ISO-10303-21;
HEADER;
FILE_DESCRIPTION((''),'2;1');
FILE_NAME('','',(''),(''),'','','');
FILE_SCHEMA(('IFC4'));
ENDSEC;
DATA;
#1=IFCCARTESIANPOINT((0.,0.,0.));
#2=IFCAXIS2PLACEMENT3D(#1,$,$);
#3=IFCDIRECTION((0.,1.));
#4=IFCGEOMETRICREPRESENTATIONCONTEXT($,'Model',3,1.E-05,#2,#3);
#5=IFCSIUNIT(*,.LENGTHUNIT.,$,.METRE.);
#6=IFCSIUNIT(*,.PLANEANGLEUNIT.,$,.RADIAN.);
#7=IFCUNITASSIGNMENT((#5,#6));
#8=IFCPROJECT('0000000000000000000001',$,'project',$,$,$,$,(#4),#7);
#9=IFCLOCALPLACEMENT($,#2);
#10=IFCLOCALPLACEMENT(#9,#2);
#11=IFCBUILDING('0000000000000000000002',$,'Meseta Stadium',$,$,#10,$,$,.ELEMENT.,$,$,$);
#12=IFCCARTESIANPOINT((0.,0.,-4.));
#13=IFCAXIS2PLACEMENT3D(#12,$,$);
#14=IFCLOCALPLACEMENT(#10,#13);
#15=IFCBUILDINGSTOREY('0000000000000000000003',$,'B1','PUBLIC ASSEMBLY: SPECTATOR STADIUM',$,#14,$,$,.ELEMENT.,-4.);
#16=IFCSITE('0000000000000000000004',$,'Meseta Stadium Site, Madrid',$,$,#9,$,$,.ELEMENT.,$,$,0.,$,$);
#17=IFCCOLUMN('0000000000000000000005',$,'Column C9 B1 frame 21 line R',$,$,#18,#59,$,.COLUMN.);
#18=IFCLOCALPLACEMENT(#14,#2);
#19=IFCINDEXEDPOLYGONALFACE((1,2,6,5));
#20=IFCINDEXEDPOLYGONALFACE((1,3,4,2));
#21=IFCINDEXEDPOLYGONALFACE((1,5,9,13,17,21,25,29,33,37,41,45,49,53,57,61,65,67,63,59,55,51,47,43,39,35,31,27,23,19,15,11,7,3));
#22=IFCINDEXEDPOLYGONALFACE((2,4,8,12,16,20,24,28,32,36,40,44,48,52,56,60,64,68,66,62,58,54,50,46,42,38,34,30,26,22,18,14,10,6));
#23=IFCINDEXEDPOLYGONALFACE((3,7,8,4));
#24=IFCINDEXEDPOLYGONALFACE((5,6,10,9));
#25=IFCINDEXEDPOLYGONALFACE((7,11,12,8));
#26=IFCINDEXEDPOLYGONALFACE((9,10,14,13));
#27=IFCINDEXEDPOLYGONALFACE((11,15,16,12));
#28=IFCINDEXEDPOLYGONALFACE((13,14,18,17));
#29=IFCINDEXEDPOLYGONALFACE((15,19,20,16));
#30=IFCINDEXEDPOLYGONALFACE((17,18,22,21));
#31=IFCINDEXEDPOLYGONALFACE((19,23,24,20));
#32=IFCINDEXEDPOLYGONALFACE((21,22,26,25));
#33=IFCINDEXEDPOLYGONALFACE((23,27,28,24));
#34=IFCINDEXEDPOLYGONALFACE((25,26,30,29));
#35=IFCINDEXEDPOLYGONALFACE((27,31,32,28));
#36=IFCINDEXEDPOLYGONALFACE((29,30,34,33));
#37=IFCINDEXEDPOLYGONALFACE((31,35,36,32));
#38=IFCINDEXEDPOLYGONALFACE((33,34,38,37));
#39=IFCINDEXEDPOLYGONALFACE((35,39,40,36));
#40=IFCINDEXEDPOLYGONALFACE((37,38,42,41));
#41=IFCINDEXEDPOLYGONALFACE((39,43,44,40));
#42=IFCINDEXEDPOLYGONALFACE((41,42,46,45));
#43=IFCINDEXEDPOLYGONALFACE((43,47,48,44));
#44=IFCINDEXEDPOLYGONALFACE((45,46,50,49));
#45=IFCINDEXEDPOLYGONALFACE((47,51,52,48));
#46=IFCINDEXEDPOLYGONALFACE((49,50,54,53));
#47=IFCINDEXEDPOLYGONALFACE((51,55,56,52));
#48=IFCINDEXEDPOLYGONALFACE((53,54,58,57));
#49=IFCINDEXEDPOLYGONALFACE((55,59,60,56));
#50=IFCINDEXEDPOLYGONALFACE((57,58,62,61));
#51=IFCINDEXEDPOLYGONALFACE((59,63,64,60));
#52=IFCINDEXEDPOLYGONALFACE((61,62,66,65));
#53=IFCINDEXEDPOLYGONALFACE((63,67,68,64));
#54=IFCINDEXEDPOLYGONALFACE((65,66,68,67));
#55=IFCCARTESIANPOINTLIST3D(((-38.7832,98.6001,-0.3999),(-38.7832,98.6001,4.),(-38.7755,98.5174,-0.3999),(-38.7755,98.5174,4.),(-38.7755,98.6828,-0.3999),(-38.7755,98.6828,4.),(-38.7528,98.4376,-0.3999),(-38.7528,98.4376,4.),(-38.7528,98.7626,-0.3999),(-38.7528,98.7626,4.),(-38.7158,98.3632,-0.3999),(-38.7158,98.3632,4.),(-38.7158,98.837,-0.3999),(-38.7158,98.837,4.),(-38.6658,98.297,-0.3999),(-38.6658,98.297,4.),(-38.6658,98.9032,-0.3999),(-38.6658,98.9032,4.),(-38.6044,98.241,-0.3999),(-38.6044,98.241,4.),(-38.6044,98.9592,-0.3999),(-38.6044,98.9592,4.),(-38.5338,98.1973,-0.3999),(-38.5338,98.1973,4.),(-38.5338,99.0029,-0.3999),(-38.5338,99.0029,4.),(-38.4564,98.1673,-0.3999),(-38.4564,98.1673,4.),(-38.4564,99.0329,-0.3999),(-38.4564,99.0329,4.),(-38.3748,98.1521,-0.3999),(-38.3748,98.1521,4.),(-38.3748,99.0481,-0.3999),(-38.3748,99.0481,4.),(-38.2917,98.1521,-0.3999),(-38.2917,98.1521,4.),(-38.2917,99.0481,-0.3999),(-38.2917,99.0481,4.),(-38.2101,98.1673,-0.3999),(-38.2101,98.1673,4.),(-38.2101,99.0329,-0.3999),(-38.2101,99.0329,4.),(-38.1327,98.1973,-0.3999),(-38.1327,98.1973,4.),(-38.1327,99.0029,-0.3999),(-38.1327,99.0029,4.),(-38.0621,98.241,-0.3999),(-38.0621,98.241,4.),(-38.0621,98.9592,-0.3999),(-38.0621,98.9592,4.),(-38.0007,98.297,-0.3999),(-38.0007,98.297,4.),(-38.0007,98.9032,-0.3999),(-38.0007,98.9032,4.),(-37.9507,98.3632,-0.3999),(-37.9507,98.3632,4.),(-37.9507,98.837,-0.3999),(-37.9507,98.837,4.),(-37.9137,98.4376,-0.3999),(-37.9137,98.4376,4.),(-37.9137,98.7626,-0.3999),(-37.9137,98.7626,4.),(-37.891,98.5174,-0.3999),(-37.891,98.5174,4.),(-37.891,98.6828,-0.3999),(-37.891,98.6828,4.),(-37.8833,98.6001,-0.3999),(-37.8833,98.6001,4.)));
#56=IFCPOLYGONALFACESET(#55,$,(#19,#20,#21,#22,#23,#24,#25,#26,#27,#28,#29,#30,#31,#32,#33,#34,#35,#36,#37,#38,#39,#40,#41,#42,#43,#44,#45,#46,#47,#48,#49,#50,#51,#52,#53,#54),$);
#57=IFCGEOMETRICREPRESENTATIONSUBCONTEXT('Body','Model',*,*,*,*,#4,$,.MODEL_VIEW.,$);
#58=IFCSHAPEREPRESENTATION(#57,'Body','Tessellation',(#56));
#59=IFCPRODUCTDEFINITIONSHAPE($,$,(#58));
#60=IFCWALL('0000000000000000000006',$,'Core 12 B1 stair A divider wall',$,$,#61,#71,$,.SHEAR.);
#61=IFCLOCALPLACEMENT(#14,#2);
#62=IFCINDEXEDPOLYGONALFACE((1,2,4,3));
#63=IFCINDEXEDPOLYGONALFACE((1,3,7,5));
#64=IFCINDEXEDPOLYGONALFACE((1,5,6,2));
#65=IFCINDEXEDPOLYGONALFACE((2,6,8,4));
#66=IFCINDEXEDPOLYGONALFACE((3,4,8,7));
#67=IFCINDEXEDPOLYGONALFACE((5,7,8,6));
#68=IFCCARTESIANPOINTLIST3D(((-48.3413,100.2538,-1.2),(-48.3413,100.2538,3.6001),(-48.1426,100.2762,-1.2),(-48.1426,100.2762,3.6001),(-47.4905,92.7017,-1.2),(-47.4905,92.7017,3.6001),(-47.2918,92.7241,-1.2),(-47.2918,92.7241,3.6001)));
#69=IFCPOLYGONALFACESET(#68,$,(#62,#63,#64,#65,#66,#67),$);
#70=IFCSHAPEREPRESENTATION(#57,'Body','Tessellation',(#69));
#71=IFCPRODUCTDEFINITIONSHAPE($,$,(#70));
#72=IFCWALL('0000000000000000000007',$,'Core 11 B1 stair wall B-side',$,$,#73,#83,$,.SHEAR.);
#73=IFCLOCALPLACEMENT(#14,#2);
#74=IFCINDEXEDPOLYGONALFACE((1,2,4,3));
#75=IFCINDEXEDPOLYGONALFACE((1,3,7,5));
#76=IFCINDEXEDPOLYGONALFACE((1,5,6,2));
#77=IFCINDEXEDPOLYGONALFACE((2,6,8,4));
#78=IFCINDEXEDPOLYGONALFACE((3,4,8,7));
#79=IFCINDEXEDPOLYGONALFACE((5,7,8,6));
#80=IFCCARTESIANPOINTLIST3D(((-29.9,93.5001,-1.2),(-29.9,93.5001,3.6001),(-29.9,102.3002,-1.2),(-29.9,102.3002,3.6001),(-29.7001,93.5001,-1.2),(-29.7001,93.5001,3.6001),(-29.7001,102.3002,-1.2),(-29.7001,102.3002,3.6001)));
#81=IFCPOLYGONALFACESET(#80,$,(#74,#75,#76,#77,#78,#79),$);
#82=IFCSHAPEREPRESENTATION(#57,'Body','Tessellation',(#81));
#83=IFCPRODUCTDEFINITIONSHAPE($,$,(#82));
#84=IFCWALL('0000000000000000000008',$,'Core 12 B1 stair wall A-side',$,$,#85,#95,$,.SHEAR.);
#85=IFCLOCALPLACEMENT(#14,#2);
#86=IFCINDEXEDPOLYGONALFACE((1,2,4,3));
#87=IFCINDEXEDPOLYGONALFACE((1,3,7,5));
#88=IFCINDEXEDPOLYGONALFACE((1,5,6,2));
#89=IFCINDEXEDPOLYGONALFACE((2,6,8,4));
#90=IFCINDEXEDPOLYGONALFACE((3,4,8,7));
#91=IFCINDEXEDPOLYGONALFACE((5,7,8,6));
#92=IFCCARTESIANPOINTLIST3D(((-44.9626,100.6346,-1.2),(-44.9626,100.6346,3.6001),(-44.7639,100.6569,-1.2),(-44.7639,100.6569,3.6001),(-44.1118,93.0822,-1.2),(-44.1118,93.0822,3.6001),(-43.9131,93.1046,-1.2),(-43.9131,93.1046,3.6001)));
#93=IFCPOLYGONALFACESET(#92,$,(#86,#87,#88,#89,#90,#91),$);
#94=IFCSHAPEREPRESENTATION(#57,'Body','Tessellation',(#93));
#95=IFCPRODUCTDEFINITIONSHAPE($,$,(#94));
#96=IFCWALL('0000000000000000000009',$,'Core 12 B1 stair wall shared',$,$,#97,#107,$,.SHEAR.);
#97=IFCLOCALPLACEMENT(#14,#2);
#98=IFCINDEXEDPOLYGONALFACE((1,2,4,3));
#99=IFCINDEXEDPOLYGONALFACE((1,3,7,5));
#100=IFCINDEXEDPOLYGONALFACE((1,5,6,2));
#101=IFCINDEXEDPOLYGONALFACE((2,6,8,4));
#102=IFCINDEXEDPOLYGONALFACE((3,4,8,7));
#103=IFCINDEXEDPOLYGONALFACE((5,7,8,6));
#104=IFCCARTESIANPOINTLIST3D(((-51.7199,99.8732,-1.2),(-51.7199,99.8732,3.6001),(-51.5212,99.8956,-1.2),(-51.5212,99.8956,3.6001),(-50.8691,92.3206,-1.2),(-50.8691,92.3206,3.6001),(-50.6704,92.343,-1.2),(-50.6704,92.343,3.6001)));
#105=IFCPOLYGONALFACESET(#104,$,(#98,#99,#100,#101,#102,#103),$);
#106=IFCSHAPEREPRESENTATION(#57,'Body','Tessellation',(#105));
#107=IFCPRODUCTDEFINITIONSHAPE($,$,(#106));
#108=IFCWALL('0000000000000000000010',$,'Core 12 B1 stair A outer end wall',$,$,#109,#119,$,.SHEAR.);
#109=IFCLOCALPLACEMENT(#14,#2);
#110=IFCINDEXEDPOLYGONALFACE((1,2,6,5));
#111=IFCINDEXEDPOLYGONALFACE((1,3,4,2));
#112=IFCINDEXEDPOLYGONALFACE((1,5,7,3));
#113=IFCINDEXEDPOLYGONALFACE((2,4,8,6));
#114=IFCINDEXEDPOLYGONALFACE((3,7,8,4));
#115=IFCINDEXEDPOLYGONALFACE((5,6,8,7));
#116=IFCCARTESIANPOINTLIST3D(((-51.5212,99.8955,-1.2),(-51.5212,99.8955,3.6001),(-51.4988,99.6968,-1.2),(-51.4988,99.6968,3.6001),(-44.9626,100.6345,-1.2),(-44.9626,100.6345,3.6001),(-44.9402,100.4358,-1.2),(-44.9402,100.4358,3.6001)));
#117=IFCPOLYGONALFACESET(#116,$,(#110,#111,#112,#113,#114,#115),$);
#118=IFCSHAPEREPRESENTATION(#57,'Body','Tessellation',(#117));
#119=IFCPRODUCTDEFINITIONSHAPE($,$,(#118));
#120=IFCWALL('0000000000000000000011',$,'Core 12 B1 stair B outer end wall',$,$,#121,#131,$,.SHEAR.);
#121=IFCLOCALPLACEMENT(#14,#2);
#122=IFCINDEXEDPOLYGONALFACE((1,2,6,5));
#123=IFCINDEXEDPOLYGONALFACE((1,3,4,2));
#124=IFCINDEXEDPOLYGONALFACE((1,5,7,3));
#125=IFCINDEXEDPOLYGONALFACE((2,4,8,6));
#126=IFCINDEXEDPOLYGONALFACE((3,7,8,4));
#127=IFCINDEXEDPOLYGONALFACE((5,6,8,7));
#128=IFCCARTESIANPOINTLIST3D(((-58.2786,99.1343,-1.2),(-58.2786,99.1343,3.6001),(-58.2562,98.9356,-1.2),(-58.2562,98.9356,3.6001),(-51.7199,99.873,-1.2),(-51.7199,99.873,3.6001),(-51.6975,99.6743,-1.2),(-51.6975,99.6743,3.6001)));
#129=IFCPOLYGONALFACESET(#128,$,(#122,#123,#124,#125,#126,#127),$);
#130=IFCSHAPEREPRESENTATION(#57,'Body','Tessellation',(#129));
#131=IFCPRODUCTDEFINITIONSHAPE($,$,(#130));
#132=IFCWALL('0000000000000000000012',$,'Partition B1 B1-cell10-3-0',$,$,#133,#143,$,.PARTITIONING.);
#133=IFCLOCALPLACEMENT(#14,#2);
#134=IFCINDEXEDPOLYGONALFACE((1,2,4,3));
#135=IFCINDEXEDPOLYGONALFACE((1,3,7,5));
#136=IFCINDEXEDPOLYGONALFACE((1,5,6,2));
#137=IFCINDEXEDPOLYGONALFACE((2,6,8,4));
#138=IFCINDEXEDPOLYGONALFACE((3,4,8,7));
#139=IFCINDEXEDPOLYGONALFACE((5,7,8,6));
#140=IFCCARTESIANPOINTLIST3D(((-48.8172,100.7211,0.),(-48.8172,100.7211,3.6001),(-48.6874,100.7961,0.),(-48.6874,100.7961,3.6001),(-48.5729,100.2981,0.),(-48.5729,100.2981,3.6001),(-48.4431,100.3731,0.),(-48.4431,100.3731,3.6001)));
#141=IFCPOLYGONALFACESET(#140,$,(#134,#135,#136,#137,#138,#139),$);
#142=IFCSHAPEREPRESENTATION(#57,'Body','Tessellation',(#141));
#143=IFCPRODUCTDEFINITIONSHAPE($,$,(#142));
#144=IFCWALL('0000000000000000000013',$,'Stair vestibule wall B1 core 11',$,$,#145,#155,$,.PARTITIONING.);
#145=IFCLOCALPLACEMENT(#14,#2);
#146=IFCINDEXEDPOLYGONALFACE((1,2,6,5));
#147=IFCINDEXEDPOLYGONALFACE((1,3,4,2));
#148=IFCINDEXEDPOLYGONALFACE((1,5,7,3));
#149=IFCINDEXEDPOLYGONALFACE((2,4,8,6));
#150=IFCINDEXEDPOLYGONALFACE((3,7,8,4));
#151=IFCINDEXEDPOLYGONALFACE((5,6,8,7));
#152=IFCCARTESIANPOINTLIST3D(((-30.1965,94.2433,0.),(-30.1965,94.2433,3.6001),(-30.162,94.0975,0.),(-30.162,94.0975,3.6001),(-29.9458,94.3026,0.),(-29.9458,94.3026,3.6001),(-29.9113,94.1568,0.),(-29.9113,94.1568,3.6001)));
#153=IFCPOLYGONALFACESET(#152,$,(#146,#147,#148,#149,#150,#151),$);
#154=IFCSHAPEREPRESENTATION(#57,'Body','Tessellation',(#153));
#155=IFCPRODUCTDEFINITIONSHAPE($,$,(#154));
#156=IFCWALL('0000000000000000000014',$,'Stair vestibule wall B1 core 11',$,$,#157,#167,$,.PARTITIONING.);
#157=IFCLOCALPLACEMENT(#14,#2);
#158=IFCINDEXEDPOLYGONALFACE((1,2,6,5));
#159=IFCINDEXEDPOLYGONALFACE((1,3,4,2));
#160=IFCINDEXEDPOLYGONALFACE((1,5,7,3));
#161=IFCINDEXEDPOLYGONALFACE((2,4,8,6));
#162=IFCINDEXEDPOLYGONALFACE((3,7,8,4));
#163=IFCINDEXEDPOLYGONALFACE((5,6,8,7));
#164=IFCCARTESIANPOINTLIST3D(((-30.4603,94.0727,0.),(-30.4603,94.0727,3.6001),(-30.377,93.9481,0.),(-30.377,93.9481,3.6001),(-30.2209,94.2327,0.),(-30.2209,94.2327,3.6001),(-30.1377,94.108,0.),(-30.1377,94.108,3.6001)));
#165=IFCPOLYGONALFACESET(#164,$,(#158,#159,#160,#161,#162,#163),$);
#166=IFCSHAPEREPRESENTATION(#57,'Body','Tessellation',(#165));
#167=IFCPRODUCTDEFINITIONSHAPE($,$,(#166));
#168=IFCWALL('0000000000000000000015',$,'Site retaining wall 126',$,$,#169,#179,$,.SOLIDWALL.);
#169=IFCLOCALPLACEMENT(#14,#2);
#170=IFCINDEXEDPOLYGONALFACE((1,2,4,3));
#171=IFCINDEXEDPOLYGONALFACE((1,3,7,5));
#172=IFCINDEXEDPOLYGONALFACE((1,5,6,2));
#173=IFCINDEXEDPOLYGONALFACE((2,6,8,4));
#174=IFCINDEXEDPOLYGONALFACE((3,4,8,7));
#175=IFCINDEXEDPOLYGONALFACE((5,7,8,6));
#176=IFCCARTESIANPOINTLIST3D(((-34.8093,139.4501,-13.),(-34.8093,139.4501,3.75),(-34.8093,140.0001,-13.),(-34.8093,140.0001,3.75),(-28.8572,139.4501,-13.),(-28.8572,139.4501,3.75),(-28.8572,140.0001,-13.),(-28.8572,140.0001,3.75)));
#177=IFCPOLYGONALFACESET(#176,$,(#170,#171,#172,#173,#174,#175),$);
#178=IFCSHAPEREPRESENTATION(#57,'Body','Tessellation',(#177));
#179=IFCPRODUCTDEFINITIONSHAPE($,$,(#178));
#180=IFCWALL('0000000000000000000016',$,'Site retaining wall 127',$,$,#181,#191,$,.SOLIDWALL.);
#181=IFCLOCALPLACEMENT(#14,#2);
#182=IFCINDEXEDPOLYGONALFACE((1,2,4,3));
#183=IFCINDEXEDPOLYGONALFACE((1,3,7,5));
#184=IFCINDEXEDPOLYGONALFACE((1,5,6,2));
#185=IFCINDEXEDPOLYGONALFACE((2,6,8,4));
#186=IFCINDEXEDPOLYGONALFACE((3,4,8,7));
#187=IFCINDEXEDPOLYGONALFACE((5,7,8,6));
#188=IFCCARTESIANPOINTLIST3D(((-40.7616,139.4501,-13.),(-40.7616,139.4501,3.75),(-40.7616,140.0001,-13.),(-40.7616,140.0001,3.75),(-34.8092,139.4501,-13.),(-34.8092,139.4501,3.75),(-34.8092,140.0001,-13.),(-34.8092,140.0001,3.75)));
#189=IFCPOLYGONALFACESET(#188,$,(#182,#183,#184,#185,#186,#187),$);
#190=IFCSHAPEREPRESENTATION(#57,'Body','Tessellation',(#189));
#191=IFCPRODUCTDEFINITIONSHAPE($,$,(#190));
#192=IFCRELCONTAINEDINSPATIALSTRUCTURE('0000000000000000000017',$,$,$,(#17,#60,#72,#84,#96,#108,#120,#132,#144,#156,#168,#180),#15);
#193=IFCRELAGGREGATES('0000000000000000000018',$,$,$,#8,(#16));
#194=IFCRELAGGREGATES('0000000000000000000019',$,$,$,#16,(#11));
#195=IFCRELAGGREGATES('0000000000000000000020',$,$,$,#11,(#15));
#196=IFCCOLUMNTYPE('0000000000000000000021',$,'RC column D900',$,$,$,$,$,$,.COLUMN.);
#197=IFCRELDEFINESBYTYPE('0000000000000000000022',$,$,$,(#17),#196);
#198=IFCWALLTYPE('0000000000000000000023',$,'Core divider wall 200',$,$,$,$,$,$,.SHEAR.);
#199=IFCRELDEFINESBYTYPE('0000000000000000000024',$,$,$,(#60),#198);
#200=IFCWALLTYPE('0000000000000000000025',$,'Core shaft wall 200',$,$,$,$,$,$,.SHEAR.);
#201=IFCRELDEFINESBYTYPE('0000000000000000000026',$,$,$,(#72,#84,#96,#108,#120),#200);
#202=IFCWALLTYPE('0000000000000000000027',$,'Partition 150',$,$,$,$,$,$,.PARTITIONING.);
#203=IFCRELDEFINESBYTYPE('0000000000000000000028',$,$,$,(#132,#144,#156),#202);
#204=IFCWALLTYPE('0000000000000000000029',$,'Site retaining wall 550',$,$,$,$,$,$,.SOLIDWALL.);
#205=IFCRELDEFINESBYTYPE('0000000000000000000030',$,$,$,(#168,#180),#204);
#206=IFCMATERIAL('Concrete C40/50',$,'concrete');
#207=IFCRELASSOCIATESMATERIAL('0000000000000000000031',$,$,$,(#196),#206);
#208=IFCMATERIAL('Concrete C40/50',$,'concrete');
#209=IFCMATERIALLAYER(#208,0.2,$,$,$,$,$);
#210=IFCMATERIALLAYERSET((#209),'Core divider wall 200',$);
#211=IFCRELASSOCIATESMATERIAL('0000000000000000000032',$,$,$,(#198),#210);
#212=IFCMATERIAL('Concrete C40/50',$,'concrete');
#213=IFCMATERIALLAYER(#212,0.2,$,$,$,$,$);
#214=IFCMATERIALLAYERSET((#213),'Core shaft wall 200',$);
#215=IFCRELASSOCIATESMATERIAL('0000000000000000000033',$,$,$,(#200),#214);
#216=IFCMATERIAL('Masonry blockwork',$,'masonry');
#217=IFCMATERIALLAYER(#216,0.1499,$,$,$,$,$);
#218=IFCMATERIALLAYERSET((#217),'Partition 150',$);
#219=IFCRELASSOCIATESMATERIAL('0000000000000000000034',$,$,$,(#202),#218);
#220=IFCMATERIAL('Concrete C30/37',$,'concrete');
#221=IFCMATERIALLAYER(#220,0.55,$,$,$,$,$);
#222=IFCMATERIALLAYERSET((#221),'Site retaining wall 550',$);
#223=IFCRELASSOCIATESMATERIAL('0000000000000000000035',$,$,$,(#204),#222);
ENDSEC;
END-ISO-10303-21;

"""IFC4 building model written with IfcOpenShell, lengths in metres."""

from ifc_helpers import new_model, si_unit, direction, frame, frame_2d, origin, origin_2d, place, context, subcontext, project, spatial, rectangle, circle, extrude, material, layer, layer_set, material_profile, profile_set, type_object, element, save


model = new_model("IFC4")

# Units and contexts
model_context = context("Model", 3, precision=1e-05, world=origin(), true_north=direction((0.0, 1.0)))
body_context = subcontext(model_context, "Body", "Model", "MODEL_VIEW")
ifc_project = project(units=[si_unit("LENGTHUNIT", "METRE"), si_unit("PLANEANGLEUNIT", "RADIAN")], contexts=[model_context])

# Site, building, storey
site_placement = place(None, origin())
site = spatial("IfcSite", under=ifc_project, at=site_placement, Name="Meseta Stadium Site, Madrid", CompositionType="ELEMENT", RefElevation=0.0)
building_placement = place(site_placement, origin())
building = spatial("IfcBuilding", under=site, at=building_placement, Name="Meseta Stadium", CompositionType="ELEMENT")
storey_placement = place(building_placement, frame((0.0, 0.0, -4.0)))
storey = spatial("IfcBuildingStorey", under=building, at=storey_placement, Name="B1", Description="PUBLIC ASSEMBLY: SPECTATOR STADIUM", CompositionType="ELEMENT", Elevation=-4.0)

# Column
ifc_material_1 = material(Name="Concrete C40/50", Category="concrete")
ifc_material_profile_1 = material_profile(ifc_material_1, circle(Radius=0.45, at=origin_2d()), Name="RC D900")
ifc_profile_set_1 = profile_set([ifc_material_profile_1], Name="Concrete C40/50")
column_type_1 = type_object("IfcColumnType", Name="RC column D900", PredefinedType="COLUMN", material=ifc_profile_set_1)
column_1_placement = place(storey_placement, frame((-38.3333, 98.6001, -0.3999), z_axis=(0.0, 0.0, 1.0), x_axis=(1.0, 0.0, 0.0)))
element("IfcColumn", 1, at=column_1_placement, inside=storey, type_object=column_type_1, Name="Column C9 B1 frame 21 line R", PredefinedType="COLUMN", context=body_context, shape_type="SweptSolid", body=[
    extrude(circle(Radius=0.45, at=origin_2d()), origin(), (0.0, 0.0, 1.0), 4.3999),
])

# Walls
ifc_material_2 = material(Name="Concrete C40/50", Category="concrete")
ifc_layer_1 = layer(ifc_material_2, 0.2)
ifc_layer_set_1 = layer_set([ifc_layer_1], Name="Core divider wall 200")
wall_type_1 = type_object("IfcWallType", Name="Core divider wall 200", PredefinedType="SHEAR", material=ifc_layer_set_1)
wall_1_placement = place(storey_placement, frame((-48.2419, 100.2649, -1.2), z_axis=(0.0, 0.0, 1.0), x_axis=(0.111955, -0.993713, 0.0)))
element("IfcWall", 2, at=wall_1_placement, inside=storey, type_object=wall_type_1, Name="Core 12 B1 stair A divider wall", PredefinedType="SHEAR", context=body_context, shape_type="SweptSolid", body=[
    extrude(rectangle(XDim=7.5999, YDim=0.2, at=frame_2d((3.7998, 0.0))), origin(), (0.0, 0.0, 1.0), 4.8),
])
ifc_material_3 = material(Name="Concrete C40/50", Category="concrete")
ifc_layer_2 = layer(ifc_material_3, 0.2)
ifc_layer_set_2 = layer_set([ifc_layer_2], Name="Core shaft wall 200")
wall_type_2 = type_object("IfcWallType", Name="Core shaft wall 200", PredefinedType="SHEAR", material=ifc_layer_set_2)
wall_2_placement = place(storey_placement, frame((-29.8, 102.3, -1.2), z_axis=(0.0, 0.0, 1.0), x_axis=(0.0, -1.0, 0.0)))
element("IfcWall", 3, at=wall_2_placement, inside=storey, type_object=wall_type_2, Name="Core 11 B1 stair wall B-side", PredefinedType="SHEAR", context=body_context, shape_type="SweptSolid", body=[
    extrude(rectangle(XDim=8.8, YDim=0.2, at=frame_2d((4.3999, 0.0))), origin(), (0.0, 0.0, 1.0), 4.8),
])
wall_3_placement = place(storey_placement, frame((-44.8633, 100.6458, -1.2), z_axis=(0.0, 0.0, 1.0), x_axis=(0.111951, -0.993714, 0.0)))
element("IfcWall", 4, at=wall_3_placement, inside=storey, type_object=wall_type_2, Name="Core 12 B1 stair wall A-side", PredefinedType="SHEAR", context=body_context, shape_type="SweptSolid", body=[
    extrude(rectangle(XDim=7.6001, YDim=0.2, at=frame_2d((3.8, 0.0))), origin(), (0.0, 0.0, 1.0), 4.8),
])
wall_4_placement = place(storey_placement, frame((-51.6206, 99.8845, -1.2), z_axis=(0.0, 0.0, 1.0), x_axis=(0.111947, -0.993714, 0.0)))
element("IfcWall", 5, at=wall_4_placement, inside=storey, type_object=wall_type_2, Name="Core 12 B1 stair wall shared", PredefinedType="SHEAR", context=body_context, shape_type="SweptSolid", body=[
    extrude(rectangle(XDim=7.6003, YDim=0.2, at=frame_2d((3.8003, 0.0))), origin(), (0.0, 0.0, 1.0), 4.8),
])
for number, where, z_axis, x_axis, name in (
    (6, (-44.9514, 100.5352, -1.2), (0.0, 0.0, 1.0), (-0.993712, -0.11197, 0.0), "Core 12 B1 stair A outer end wall"),
    (7, (-51.7087, 99.7737, -1.2), (0.0, 0.0, 1.0), (-0.993716, -0.111934, 0.0), "Core 12 B1 stair B outer end wall"),
):
    element("IfcWall", number, at=place(storey_placement, frame(where, z_axis=z_axis, x_axis=x_axis)), inside=storey, type_object=wall_type_2, Name=name, PredefinedType="SHEAR", context=body_context, shape_type="SweptSolid", body=[
        extrude(rectangle(XDim=6.6001, YDim=0.2, at=frame_2d((3.3, 0.0))), origin(), (0.0, 0.0, 1.0), 4.8),
    ])
ifc_material_4 = material(Name="Masonry blockwork", Category="masonry")
ifc_layer_3 = layer(ifc_material_4, 0.1499)
ifc_layer_set_3 = layer_set([ifc_layer_3], Name="Partition 150")
wall_type_3 = type_object("IfcWallType", Name="Partition 150", PredefinedType="PARTITIONING", material=ifc_layer_set_3)
wall_5_placement = place(storey_placement, frame((-48.5081, 100.3357, 0.0), z_axis=(0.0, 0.0, 1.0), x_axis=(-0.500169, 0.865928, 0.0)))
element("IfcWall", 8, at=wall_5_placement, inside=storey, type_object=wall_type_3, Name="Partition B1 B1-cell10-3-0", PredefinedType="PARTITIONING", context=body_context, shape_type="SweptSolid", body=[
    extrude(rectangle(XDim=0.4885, YDim=0.1499, at=frame_2d((0.2441, 0.0))), origin(), (0.0, 0.0, 1.0), 3.6001),
])
wall_6_placement = place(storey_placement, frame((-29.9285, 94.2297, 0.0), z_axis=(0.0, 0.0, 1.0), x_axis=(-0.973131, -0.230254, 0.0)))
element("IfcWall", 9, at=wall_6_placement, inside=storey, type_object=wall_type_3, Name="Stair vestibule wall B1 core 11", PredefinedType="PARTITIONING", context=body_context, shape_type="SweptSolid", body=[
    extrude(rectangle(XDim=0.2576, YDim=0.1499, at=frame_2d((0.1289, 0.0))), origin(), (0.0, 0.0, 1.0), 3.6001),
])
wall_7_placement = place(storey_placement, frame((-30.1792, 94.1704, 0.0), z_axis=(0.0, 0.0, 1.0), x_axis=(-0.831397, -0.555679, 0.0)))
element("IfcWall", 10, at=wall_7_placement, inside=storey, type_object=wall_type_3, Name="Stair vestibule wall B1 core 11", PredefinedType="PARTITIONING", context=body_context, shape_type="SweptSolid", body=[
    extrude(rectangle(XDim=0.2878, YDim=0.1499, at=frame_2d((0.144, 0.0))), origin(), (0.0, 0.0, 1.0), 3.6001),
])
ifc_material_5 = material(Name="Concrete C30/37", Category="concrete")
ifc_layer_4 = layer(ifc_material_5, 0.55)
ifc_layer_set_4 = layer_set([ifc_layer_4], Name="Site retaining wall 550")
wall_type_4 = type_object("IfcWallType", Name="Site retaining wall 550", PredefinedType="SOLIDWALL", material=ifc_layer_set_4)
wall_8_placement = place(storey_placement, frame((-28.8572, 139.7251, -13.0), z_axis=(0.0, 0.0, 1.0), x_axis=(-1.0, 0.0, 0.0)))
element("IfcWall", 11, at=wall_8_placement, inside=storey, type_object=wall_type_4, Name="Site retaining wall 126", PredefinedType="SOLIDWALL", context=body_context, shape_type="SweptSolid", body=[
    extrude(rectangle(XDim=5.9521, YDim=0.55, at=frame_2d((2.9761, 0.0))), origin(), (0.0, 0.0, 1.0), 16.75),
])
for number, where, z_axis, x_axis, name in (
    (12, (-34.8093, 139.7251, -13.0), (0.0, 0.0, 1.0), (-1.0, 0.0, 0.0), "Site retaining wall 127"),
):
    element("IfcWall", number, at=place(storey_placement, frame(where, z_axis=z_axis, x_axis=x_axis)), inside=storey, type_object=wall_type_4, Name=name, PredefinedType="SOLIDWALL", context=body_context, shape_type="SweptSolid", body=[
        extrude(rectangle(XDim=5.9524, YDim=0.55, at=frame_2d((2.9761, 0.0))), origin(), (0.0, 0.0, 1.0), 16.75),
    ])

save(model, "model.ifc")
